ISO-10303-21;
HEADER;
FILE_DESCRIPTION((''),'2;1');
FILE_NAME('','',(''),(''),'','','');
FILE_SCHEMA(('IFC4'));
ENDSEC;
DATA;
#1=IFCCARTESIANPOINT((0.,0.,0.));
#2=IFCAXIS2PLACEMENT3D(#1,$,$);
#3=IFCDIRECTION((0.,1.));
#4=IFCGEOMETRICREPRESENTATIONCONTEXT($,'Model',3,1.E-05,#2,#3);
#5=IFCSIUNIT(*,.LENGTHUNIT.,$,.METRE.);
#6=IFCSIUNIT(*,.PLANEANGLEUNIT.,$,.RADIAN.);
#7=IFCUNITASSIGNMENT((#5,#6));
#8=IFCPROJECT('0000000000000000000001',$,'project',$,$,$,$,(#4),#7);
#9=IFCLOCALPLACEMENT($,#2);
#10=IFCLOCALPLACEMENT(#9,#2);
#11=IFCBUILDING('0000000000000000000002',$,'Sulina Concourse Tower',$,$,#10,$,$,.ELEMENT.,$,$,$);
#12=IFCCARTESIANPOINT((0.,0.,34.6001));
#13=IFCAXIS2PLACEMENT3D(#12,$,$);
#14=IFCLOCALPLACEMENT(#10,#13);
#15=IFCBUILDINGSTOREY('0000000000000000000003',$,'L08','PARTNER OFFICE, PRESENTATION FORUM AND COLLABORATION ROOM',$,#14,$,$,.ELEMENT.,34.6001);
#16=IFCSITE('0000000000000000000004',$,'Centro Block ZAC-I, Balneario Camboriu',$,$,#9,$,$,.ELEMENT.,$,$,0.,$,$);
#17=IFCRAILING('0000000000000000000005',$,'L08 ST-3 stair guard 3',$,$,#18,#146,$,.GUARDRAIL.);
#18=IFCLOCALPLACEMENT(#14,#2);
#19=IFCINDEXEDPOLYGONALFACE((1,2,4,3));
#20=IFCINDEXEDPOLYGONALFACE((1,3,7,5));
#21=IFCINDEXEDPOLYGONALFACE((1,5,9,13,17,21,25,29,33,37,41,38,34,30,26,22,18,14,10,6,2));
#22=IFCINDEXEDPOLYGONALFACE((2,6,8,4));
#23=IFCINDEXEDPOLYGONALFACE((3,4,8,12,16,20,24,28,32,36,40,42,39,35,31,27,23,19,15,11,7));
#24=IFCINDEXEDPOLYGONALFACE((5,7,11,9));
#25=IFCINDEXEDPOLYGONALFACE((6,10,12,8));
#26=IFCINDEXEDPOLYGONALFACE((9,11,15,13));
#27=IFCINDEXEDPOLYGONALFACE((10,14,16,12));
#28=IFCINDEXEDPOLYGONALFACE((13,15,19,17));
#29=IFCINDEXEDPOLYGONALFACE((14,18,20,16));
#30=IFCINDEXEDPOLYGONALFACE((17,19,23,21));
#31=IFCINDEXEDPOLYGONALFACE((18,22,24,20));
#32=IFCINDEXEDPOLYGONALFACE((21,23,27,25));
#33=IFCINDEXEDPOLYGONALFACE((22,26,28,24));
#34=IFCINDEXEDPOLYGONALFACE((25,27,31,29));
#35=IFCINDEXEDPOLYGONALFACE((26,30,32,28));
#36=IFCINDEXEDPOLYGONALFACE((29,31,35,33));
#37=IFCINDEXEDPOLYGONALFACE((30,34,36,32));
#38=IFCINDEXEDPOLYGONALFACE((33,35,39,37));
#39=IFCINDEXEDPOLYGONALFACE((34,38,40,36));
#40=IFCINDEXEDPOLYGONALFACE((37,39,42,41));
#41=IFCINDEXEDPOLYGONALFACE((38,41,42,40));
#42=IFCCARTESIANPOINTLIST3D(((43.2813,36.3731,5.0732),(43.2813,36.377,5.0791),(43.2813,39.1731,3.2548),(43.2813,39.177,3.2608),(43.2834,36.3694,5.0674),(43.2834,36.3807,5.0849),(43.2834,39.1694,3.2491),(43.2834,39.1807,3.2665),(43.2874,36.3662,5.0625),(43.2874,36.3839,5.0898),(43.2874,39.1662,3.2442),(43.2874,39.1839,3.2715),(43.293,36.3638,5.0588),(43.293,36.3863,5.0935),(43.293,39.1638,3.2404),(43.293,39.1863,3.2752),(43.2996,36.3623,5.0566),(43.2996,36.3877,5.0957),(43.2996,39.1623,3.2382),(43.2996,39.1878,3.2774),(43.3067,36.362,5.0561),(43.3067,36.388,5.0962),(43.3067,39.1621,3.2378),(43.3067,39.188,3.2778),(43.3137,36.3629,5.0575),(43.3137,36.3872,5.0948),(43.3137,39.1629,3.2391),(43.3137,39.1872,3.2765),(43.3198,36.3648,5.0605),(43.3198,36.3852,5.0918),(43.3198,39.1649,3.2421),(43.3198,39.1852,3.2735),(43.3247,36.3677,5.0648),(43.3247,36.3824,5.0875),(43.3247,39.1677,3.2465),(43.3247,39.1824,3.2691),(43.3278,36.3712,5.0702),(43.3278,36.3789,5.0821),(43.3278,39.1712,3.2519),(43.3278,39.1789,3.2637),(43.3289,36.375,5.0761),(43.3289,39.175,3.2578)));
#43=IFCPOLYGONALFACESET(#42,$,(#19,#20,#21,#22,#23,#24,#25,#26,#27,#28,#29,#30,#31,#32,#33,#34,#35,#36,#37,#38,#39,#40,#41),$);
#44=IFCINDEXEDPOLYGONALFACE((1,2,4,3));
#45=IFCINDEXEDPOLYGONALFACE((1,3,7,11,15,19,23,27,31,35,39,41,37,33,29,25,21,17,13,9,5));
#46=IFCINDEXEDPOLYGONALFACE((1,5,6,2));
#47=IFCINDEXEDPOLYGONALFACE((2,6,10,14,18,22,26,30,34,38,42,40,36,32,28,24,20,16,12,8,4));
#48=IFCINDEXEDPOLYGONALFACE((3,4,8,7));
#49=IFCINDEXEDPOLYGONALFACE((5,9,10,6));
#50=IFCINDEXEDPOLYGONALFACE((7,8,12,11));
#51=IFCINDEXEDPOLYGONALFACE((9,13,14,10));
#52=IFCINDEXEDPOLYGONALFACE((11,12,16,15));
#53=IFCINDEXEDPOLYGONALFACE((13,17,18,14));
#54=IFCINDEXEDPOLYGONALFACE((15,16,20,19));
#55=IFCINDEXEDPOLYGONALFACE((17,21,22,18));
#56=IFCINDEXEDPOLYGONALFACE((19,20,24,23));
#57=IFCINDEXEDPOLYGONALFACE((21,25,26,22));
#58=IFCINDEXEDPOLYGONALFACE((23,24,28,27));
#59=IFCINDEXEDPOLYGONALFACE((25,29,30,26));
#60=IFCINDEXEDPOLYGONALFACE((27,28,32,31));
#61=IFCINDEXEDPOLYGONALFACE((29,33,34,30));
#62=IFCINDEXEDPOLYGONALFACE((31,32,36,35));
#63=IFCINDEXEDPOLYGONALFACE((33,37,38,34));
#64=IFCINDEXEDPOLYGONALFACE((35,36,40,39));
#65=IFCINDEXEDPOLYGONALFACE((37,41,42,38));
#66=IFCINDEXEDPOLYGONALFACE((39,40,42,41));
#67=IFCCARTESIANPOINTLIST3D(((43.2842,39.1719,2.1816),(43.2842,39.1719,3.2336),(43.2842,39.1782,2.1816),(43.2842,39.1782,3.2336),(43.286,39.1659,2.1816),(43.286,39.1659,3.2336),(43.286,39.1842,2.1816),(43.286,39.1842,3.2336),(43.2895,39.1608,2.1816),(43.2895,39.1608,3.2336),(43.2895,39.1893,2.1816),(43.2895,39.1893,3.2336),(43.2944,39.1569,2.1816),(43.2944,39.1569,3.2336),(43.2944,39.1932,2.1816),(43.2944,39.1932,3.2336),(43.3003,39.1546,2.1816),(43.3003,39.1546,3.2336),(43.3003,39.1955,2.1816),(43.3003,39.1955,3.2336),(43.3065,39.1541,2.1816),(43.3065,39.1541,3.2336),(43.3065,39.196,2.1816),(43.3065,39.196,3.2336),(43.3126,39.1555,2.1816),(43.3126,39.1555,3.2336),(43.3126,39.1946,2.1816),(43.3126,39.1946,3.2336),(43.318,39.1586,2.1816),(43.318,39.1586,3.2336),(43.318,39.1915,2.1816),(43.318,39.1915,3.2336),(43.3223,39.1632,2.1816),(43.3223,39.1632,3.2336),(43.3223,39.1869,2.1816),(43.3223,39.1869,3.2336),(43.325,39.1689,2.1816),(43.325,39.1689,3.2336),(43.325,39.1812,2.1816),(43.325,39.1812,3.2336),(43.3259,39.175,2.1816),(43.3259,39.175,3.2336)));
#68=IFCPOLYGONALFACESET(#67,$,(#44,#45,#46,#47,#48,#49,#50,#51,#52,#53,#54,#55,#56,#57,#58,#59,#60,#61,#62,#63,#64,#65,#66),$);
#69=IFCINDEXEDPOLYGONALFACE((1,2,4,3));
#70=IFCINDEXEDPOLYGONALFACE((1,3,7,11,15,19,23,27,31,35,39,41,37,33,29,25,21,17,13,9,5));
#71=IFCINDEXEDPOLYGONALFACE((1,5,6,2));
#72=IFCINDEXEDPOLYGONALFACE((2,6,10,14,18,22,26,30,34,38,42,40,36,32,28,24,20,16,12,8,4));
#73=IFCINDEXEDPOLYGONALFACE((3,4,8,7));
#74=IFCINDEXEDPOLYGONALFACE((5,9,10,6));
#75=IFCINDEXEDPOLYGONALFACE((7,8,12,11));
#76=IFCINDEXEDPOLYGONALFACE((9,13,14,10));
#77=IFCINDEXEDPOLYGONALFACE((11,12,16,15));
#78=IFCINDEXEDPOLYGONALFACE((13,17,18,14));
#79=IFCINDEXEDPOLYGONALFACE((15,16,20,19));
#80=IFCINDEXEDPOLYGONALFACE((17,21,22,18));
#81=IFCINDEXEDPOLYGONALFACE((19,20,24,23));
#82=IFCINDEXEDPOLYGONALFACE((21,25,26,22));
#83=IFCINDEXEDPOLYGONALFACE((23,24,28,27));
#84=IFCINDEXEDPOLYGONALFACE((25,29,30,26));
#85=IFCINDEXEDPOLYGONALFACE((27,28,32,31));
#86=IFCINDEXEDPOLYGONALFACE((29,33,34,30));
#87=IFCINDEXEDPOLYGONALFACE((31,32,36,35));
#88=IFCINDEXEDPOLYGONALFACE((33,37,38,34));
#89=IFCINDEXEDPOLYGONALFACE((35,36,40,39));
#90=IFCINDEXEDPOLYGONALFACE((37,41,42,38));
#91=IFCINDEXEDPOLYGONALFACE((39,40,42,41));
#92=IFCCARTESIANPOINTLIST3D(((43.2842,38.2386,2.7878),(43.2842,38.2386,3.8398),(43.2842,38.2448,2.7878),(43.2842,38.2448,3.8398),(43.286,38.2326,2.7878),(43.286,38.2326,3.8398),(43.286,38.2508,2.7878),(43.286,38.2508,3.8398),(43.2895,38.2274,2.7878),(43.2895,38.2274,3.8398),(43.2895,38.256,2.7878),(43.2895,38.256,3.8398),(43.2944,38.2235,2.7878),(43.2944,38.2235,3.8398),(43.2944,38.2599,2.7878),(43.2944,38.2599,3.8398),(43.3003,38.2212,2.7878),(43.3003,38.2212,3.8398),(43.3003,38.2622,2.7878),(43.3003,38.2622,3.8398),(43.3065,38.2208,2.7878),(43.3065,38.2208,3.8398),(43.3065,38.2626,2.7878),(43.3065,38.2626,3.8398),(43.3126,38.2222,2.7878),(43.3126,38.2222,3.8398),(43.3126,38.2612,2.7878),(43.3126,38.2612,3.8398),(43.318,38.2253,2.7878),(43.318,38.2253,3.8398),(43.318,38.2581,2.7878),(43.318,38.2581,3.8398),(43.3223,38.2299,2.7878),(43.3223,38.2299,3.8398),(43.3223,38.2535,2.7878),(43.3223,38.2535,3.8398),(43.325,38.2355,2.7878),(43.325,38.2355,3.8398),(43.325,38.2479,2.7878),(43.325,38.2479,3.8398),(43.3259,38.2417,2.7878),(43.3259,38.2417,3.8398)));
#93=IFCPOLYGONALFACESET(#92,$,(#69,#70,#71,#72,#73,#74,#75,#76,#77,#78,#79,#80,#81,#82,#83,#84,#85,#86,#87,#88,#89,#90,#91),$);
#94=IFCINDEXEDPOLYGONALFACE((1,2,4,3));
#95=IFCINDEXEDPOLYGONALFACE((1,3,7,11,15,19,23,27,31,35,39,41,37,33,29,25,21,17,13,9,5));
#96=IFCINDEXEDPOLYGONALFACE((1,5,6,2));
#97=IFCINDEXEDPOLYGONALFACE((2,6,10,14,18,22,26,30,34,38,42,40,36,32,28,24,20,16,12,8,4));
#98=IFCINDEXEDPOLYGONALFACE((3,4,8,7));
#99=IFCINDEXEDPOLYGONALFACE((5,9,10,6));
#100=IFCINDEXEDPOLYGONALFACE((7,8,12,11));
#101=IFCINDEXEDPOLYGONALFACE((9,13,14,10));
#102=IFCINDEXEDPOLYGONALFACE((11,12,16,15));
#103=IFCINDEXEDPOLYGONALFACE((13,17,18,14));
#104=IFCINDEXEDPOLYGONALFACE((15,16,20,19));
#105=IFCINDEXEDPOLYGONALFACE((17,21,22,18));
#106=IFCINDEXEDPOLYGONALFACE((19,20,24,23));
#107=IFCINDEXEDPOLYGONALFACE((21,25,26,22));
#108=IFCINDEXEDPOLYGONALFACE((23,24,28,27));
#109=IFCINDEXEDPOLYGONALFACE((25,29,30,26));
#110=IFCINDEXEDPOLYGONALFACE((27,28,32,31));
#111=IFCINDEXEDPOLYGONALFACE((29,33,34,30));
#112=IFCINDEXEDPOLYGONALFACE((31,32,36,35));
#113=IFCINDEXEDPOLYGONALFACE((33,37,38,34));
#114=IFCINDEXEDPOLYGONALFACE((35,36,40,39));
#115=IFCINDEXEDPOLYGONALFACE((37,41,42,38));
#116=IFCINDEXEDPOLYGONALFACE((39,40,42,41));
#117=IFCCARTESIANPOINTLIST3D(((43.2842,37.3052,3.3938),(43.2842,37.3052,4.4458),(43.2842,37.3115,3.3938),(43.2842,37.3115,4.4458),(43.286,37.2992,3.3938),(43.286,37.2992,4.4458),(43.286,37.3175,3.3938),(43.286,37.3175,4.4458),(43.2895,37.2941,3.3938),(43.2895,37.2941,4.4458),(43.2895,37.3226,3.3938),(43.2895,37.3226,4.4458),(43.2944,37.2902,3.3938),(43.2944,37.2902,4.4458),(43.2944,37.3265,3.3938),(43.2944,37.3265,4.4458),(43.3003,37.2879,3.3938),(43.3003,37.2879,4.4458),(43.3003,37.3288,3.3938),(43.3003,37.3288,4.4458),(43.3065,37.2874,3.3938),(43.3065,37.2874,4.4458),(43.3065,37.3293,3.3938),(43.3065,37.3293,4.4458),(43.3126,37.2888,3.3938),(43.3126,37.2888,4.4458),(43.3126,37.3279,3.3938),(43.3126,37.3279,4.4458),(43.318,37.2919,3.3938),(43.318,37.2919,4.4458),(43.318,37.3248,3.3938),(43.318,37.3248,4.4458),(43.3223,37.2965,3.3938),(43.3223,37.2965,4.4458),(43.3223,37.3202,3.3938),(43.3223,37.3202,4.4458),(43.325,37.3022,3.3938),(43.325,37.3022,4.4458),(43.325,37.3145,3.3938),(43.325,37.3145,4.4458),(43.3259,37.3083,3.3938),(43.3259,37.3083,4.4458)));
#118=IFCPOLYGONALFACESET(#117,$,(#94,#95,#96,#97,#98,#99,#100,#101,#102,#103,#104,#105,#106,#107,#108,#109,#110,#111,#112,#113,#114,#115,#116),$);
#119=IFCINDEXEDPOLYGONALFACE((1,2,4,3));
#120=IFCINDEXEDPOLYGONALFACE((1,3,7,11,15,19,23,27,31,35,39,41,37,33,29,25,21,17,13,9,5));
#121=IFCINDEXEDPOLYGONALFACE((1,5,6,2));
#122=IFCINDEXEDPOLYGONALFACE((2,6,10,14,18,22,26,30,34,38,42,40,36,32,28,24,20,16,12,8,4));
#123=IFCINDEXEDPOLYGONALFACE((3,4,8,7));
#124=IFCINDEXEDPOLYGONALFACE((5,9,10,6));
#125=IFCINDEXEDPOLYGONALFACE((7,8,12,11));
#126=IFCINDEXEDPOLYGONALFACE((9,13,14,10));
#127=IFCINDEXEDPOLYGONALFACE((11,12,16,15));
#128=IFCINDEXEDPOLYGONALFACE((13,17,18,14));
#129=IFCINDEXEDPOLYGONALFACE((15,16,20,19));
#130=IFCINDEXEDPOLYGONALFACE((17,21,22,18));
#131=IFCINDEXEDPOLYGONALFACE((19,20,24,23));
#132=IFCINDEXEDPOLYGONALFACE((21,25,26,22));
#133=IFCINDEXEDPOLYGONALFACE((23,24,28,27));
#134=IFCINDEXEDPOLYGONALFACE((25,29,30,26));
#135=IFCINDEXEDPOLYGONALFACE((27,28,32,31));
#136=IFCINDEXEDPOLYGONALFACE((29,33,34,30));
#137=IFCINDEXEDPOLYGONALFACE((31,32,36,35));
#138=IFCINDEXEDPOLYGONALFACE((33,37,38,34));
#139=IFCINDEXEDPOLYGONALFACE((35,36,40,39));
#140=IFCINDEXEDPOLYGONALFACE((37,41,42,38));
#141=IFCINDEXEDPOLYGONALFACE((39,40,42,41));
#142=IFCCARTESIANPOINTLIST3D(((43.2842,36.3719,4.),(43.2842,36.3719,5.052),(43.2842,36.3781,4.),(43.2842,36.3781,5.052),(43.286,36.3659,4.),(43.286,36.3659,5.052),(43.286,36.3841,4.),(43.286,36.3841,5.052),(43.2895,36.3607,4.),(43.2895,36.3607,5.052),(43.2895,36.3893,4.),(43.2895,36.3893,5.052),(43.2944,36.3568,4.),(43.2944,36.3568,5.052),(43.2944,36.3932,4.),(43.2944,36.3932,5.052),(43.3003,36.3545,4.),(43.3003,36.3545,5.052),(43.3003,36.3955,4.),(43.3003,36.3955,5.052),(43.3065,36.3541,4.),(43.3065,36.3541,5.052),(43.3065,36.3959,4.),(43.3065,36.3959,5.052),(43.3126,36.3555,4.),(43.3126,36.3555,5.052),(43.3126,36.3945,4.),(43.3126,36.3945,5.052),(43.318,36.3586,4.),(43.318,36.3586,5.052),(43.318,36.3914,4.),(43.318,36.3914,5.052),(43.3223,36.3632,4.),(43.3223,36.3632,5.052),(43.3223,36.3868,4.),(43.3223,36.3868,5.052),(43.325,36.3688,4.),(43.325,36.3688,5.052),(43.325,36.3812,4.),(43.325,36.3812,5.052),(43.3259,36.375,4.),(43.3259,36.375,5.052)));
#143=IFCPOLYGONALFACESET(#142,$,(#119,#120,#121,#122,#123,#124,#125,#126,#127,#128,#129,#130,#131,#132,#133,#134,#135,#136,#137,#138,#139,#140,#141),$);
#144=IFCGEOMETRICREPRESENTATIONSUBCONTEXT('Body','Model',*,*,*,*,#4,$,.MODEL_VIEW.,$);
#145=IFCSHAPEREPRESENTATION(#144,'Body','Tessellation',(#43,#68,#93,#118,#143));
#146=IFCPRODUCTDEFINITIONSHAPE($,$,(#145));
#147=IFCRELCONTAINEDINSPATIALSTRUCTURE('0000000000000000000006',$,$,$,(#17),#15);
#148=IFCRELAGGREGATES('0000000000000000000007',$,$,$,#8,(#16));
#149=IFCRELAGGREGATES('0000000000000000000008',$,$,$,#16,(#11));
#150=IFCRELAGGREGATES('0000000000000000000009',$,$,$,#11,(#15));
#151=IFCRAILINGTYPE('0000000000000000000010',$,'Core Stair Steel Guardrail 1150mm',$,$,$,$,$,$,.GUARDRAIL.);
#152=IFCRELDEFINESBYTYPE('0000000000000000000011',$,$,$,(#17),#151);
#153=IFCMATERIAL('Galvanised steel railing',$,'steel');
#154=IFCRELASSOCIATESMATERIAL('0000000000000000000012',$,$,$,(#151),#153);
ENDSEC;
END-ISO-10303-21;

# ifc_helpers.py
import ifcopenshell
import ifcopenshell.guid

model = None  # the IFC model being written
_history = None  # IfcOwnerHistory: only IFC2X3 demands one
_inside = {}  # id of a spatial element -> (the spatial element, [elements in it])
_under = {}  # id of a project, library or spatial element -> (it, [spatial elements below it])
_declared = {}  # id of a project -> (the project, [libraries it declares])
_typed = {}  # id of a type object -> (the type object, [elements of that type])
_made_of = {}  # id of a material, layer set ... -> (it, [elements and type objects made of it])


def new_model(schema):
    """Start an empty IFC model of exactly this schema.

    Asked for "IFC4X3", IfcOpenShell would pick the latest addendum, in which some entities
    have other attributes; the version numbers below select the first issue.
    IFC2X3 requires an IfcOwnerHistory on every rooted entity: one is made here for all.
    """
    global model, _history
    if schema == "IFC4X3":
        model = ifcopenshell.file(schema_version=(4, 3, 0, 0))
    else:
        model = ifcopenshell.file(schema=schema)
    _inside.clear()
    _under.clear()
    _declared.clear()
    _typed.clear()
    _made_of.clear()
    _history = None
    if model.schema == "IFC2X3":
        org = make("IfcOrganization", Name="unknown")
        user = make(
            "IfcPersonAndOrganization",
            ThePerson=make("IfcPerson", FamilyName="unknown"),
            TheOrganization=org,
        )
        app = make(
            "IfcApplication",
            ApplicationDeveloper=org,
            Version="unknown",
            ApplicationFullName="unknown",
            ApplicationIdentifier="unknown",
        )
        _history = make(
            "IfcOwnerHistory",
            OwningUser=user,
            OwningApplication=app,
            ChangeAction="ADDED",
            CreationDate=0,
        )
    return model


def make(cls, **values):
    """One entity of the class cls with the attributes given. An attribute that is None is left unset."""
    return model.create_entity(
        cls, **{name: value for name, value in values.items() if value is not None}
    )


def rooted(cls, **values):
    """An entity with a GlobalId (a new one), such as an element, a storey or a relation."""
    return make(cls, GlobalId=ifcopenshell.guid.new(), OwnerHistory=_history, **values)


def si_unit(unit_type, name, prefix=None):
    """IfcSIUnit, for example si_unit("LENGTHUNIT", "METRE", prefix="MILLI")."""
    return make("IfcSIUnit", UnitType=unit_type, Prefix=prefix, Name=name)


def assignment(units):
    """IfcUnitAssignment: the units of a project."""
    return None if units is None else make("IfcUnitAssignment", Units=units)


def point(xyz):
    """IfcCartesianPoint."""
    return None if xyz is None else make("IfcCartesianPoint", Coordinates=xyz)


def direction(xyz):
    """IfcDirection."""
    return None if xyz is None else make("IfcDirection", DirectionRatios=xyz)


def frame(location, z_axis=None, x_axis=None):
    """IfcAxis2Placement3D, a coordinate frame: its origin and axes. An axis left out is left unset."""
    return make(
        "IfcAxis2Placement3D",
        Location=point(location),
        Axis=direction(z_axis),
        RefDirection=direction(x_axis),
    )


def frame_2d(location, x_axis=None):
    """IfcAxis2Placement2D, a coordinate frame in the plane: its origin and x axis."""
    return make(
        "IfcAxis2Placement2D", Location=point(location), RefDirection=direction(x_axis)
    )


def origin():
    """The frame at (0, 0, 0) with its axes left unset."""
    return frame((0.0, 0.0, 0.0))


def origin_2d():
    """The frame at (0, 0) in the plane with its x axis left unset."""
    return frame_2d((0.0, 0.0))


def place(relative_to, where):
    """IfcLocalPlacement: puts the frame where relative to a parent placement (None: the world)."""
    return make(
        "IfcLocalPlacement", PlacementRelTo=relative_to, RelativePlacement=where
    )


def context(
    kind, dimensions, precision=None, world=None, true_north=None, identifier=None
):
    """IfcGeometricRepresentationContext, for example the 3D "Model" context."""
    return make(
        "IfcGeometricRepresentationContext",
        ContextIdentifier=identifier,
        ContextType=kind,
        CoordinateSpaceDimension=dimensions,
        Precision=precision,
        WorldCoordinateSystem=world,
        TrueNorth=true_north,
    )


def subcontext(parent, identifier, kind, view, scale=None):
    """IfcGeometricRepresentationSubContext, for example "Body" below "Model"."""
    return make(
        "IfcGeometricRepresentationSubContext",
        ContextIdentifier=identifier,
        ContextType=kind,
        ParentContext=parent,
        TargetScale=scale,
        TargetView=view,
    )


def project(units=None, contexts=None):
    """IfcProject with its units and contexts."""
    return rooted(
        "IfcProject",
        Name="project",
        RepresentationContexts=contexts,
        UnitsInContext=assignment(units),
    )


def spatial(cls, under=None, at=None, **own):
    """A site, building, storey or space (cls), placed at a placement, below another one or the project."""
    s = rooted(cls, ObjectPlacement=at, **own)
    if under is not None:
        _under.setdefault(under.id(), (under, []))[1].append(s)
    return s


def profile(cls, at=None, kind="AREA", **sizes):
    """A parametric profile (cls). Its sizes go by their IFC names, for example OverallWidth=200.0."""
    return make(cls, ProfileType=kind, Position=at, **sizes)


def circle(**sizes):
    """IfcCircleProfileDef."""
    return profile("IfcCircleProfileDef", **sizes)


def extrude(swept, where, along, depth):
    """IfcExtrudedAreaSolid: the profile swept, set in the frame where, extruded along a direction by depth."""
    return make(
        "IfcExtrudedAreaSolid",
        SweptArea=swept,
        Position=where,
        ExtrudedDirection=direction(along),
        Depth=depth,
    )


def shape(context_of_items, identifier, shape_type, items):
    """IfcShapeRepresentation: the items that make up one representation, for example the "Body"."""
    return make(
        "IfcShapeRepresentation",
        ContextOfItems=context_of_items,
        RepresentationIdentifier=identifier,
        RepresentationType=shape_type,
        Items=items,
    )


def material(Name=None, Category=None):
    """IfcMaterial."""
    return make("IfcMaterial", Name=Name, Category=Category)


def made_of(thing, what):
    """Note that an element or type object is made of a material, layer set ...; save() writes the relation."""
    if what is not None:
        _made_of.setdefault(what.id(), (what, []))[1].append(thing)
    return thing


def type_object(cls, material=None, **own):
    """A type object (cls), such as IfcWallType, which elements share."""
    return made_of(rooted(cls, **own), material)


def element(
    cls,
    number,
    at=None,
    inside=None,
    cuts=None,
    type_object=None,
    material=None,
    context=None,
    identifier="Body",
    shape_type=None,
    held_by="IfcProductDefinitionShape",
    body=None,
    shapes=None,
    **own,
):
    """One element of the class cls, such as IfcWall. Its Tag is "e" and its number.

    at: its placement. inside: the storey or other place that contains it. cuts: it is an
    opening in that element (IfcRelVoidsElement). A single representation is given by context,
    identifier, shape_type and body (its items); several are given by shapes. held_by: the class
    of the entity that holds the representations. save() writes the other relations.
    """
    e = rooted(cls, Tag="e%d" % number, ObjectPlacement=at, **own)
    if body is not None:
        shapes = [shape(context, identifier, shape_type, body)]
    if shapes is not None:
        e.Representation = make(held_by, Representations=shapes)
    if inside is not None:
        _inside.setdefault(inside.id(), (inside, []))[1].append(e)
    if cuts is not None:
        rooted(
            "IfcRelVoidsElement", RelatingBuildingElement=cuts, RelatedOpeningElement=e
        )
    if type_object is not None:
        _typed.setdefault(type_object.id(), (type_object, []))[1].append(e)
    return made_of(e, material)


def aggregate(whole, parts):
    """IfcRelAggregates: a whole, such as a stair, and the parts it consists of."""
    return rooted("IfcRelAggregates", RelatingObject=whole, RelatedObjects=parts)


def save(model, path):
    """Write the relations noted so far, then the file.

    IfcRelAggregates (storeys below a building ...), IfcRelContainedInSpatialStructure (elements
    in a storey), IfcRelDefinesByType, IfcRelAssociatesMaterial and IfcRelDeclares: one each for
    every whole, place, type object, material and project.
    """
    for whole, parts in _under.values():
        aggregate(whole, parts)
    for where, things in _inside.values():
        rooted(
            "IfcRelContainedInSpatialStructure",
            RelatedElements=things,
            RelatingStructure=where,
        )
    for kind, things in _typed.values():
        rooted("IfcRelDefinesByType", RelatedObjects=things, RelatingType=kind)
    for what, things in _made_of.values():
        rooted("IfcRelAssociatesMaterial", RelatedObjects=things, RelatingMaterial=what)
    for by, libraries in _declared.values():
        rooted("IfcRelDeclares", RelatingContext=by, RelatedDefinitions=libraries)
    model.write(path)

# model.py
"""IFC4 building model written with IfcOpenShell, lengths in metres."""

from ifc_helpers import new_model, si_unit, direction, frame, origin, origin_2d, place, context, subcontext, project, spatial, circle, extrude, material, type_object, element, save


model = new_model("IFC4")

# Units and contexts
model_context = context("Model", 3, precision=1e-05, world=origin(), true_north=direction((0.0, 1.0)))
body_context = subcontext(model_context, "Body", "Model", "MODEL_VIEW")
ifc_project = project(units=[si_unit("LENGTHUNIT", "METRE"), si_unit("PLANEANGLEUNIT", "RADIAN")], contexts=[model_context])

# Site, building, storey
site_placement = place(None, origin())
site = spatial("IfcSite", under=ifc_project, at=site_placement, Name="Centro Block ZAC-I, Balneario Camboriu", CompositionType="ELEMENT", RefElevation=0.0)
building_placement = place(site_placement, origin())
building = spatial("IfcBuilding", under=site, at=building_placement, Name="Sulina Concourse Tower", CompositionType="ELEMENT")
storey_placement = place(building_placement, frame((0.0, 0.0, 34.6001)))
storey = spatial("IfcBuildingStorey", under=building, at=storey_placement, Name="L08", Description="PARTNER OFFICE, PRESENTATION FORUM AND COLLABORATION ROOM", CompositionType="ELEMENT", Elevation=34.6001)

# Railing
ifc_material_1 = material(Name="Galvanised steel railing", Category="steel")
railing_type_1 = type_object("IfcRailingType", Name="Core Stair Steel Guardrail 1150mm", PredefinedType="GUARDRAIL", material=ifc_material_1)
railing_1_placement = place(storey_placement, frame((43.3049, 39.175, 2.1816)))
element("IfcRailing", 1, at=railing_1_placement, inside=storey, type_object=railing_type_1, Name="L08 ST-3 stair guard 3", PredefinedType="GUARDRAIL", context=body_context, shape_type="SweptSolid", body=[
    extrude(circle(Radius=0.0239, at=origin_2d()), frame((0.0, 0.0, 1.0762), z_axis=(0.0, -0.838672, 0.544636), x_axis=(1.0, 0.0, 0.0)), (0.0, 0.0, 1.0), 3.3386),
    extrude(circle(Radius=0.021, at=origin_2d()), origin(), (0.0, 0.0, 1.0), 1.052),
    extrude(circle(Radius=0.021, at=origin_2d()), frame((0.0, -0.9333, 0.6062)), (0.0, 0.0, 1.0), 1.052),
    extrude(circle(Radius=0.021, at=origin_2d()), frame((0.0, -1.8667, 1.2122)), (0.0, 0.0, 1.0), 1.052),
    extrude(circle(Radius=0.021, at=origin_2d()), frame((0.0, -2.8, 1.8184)), (0.0, 0.0, 1.0), 1.052),
])

save(model, "model.ifc")
